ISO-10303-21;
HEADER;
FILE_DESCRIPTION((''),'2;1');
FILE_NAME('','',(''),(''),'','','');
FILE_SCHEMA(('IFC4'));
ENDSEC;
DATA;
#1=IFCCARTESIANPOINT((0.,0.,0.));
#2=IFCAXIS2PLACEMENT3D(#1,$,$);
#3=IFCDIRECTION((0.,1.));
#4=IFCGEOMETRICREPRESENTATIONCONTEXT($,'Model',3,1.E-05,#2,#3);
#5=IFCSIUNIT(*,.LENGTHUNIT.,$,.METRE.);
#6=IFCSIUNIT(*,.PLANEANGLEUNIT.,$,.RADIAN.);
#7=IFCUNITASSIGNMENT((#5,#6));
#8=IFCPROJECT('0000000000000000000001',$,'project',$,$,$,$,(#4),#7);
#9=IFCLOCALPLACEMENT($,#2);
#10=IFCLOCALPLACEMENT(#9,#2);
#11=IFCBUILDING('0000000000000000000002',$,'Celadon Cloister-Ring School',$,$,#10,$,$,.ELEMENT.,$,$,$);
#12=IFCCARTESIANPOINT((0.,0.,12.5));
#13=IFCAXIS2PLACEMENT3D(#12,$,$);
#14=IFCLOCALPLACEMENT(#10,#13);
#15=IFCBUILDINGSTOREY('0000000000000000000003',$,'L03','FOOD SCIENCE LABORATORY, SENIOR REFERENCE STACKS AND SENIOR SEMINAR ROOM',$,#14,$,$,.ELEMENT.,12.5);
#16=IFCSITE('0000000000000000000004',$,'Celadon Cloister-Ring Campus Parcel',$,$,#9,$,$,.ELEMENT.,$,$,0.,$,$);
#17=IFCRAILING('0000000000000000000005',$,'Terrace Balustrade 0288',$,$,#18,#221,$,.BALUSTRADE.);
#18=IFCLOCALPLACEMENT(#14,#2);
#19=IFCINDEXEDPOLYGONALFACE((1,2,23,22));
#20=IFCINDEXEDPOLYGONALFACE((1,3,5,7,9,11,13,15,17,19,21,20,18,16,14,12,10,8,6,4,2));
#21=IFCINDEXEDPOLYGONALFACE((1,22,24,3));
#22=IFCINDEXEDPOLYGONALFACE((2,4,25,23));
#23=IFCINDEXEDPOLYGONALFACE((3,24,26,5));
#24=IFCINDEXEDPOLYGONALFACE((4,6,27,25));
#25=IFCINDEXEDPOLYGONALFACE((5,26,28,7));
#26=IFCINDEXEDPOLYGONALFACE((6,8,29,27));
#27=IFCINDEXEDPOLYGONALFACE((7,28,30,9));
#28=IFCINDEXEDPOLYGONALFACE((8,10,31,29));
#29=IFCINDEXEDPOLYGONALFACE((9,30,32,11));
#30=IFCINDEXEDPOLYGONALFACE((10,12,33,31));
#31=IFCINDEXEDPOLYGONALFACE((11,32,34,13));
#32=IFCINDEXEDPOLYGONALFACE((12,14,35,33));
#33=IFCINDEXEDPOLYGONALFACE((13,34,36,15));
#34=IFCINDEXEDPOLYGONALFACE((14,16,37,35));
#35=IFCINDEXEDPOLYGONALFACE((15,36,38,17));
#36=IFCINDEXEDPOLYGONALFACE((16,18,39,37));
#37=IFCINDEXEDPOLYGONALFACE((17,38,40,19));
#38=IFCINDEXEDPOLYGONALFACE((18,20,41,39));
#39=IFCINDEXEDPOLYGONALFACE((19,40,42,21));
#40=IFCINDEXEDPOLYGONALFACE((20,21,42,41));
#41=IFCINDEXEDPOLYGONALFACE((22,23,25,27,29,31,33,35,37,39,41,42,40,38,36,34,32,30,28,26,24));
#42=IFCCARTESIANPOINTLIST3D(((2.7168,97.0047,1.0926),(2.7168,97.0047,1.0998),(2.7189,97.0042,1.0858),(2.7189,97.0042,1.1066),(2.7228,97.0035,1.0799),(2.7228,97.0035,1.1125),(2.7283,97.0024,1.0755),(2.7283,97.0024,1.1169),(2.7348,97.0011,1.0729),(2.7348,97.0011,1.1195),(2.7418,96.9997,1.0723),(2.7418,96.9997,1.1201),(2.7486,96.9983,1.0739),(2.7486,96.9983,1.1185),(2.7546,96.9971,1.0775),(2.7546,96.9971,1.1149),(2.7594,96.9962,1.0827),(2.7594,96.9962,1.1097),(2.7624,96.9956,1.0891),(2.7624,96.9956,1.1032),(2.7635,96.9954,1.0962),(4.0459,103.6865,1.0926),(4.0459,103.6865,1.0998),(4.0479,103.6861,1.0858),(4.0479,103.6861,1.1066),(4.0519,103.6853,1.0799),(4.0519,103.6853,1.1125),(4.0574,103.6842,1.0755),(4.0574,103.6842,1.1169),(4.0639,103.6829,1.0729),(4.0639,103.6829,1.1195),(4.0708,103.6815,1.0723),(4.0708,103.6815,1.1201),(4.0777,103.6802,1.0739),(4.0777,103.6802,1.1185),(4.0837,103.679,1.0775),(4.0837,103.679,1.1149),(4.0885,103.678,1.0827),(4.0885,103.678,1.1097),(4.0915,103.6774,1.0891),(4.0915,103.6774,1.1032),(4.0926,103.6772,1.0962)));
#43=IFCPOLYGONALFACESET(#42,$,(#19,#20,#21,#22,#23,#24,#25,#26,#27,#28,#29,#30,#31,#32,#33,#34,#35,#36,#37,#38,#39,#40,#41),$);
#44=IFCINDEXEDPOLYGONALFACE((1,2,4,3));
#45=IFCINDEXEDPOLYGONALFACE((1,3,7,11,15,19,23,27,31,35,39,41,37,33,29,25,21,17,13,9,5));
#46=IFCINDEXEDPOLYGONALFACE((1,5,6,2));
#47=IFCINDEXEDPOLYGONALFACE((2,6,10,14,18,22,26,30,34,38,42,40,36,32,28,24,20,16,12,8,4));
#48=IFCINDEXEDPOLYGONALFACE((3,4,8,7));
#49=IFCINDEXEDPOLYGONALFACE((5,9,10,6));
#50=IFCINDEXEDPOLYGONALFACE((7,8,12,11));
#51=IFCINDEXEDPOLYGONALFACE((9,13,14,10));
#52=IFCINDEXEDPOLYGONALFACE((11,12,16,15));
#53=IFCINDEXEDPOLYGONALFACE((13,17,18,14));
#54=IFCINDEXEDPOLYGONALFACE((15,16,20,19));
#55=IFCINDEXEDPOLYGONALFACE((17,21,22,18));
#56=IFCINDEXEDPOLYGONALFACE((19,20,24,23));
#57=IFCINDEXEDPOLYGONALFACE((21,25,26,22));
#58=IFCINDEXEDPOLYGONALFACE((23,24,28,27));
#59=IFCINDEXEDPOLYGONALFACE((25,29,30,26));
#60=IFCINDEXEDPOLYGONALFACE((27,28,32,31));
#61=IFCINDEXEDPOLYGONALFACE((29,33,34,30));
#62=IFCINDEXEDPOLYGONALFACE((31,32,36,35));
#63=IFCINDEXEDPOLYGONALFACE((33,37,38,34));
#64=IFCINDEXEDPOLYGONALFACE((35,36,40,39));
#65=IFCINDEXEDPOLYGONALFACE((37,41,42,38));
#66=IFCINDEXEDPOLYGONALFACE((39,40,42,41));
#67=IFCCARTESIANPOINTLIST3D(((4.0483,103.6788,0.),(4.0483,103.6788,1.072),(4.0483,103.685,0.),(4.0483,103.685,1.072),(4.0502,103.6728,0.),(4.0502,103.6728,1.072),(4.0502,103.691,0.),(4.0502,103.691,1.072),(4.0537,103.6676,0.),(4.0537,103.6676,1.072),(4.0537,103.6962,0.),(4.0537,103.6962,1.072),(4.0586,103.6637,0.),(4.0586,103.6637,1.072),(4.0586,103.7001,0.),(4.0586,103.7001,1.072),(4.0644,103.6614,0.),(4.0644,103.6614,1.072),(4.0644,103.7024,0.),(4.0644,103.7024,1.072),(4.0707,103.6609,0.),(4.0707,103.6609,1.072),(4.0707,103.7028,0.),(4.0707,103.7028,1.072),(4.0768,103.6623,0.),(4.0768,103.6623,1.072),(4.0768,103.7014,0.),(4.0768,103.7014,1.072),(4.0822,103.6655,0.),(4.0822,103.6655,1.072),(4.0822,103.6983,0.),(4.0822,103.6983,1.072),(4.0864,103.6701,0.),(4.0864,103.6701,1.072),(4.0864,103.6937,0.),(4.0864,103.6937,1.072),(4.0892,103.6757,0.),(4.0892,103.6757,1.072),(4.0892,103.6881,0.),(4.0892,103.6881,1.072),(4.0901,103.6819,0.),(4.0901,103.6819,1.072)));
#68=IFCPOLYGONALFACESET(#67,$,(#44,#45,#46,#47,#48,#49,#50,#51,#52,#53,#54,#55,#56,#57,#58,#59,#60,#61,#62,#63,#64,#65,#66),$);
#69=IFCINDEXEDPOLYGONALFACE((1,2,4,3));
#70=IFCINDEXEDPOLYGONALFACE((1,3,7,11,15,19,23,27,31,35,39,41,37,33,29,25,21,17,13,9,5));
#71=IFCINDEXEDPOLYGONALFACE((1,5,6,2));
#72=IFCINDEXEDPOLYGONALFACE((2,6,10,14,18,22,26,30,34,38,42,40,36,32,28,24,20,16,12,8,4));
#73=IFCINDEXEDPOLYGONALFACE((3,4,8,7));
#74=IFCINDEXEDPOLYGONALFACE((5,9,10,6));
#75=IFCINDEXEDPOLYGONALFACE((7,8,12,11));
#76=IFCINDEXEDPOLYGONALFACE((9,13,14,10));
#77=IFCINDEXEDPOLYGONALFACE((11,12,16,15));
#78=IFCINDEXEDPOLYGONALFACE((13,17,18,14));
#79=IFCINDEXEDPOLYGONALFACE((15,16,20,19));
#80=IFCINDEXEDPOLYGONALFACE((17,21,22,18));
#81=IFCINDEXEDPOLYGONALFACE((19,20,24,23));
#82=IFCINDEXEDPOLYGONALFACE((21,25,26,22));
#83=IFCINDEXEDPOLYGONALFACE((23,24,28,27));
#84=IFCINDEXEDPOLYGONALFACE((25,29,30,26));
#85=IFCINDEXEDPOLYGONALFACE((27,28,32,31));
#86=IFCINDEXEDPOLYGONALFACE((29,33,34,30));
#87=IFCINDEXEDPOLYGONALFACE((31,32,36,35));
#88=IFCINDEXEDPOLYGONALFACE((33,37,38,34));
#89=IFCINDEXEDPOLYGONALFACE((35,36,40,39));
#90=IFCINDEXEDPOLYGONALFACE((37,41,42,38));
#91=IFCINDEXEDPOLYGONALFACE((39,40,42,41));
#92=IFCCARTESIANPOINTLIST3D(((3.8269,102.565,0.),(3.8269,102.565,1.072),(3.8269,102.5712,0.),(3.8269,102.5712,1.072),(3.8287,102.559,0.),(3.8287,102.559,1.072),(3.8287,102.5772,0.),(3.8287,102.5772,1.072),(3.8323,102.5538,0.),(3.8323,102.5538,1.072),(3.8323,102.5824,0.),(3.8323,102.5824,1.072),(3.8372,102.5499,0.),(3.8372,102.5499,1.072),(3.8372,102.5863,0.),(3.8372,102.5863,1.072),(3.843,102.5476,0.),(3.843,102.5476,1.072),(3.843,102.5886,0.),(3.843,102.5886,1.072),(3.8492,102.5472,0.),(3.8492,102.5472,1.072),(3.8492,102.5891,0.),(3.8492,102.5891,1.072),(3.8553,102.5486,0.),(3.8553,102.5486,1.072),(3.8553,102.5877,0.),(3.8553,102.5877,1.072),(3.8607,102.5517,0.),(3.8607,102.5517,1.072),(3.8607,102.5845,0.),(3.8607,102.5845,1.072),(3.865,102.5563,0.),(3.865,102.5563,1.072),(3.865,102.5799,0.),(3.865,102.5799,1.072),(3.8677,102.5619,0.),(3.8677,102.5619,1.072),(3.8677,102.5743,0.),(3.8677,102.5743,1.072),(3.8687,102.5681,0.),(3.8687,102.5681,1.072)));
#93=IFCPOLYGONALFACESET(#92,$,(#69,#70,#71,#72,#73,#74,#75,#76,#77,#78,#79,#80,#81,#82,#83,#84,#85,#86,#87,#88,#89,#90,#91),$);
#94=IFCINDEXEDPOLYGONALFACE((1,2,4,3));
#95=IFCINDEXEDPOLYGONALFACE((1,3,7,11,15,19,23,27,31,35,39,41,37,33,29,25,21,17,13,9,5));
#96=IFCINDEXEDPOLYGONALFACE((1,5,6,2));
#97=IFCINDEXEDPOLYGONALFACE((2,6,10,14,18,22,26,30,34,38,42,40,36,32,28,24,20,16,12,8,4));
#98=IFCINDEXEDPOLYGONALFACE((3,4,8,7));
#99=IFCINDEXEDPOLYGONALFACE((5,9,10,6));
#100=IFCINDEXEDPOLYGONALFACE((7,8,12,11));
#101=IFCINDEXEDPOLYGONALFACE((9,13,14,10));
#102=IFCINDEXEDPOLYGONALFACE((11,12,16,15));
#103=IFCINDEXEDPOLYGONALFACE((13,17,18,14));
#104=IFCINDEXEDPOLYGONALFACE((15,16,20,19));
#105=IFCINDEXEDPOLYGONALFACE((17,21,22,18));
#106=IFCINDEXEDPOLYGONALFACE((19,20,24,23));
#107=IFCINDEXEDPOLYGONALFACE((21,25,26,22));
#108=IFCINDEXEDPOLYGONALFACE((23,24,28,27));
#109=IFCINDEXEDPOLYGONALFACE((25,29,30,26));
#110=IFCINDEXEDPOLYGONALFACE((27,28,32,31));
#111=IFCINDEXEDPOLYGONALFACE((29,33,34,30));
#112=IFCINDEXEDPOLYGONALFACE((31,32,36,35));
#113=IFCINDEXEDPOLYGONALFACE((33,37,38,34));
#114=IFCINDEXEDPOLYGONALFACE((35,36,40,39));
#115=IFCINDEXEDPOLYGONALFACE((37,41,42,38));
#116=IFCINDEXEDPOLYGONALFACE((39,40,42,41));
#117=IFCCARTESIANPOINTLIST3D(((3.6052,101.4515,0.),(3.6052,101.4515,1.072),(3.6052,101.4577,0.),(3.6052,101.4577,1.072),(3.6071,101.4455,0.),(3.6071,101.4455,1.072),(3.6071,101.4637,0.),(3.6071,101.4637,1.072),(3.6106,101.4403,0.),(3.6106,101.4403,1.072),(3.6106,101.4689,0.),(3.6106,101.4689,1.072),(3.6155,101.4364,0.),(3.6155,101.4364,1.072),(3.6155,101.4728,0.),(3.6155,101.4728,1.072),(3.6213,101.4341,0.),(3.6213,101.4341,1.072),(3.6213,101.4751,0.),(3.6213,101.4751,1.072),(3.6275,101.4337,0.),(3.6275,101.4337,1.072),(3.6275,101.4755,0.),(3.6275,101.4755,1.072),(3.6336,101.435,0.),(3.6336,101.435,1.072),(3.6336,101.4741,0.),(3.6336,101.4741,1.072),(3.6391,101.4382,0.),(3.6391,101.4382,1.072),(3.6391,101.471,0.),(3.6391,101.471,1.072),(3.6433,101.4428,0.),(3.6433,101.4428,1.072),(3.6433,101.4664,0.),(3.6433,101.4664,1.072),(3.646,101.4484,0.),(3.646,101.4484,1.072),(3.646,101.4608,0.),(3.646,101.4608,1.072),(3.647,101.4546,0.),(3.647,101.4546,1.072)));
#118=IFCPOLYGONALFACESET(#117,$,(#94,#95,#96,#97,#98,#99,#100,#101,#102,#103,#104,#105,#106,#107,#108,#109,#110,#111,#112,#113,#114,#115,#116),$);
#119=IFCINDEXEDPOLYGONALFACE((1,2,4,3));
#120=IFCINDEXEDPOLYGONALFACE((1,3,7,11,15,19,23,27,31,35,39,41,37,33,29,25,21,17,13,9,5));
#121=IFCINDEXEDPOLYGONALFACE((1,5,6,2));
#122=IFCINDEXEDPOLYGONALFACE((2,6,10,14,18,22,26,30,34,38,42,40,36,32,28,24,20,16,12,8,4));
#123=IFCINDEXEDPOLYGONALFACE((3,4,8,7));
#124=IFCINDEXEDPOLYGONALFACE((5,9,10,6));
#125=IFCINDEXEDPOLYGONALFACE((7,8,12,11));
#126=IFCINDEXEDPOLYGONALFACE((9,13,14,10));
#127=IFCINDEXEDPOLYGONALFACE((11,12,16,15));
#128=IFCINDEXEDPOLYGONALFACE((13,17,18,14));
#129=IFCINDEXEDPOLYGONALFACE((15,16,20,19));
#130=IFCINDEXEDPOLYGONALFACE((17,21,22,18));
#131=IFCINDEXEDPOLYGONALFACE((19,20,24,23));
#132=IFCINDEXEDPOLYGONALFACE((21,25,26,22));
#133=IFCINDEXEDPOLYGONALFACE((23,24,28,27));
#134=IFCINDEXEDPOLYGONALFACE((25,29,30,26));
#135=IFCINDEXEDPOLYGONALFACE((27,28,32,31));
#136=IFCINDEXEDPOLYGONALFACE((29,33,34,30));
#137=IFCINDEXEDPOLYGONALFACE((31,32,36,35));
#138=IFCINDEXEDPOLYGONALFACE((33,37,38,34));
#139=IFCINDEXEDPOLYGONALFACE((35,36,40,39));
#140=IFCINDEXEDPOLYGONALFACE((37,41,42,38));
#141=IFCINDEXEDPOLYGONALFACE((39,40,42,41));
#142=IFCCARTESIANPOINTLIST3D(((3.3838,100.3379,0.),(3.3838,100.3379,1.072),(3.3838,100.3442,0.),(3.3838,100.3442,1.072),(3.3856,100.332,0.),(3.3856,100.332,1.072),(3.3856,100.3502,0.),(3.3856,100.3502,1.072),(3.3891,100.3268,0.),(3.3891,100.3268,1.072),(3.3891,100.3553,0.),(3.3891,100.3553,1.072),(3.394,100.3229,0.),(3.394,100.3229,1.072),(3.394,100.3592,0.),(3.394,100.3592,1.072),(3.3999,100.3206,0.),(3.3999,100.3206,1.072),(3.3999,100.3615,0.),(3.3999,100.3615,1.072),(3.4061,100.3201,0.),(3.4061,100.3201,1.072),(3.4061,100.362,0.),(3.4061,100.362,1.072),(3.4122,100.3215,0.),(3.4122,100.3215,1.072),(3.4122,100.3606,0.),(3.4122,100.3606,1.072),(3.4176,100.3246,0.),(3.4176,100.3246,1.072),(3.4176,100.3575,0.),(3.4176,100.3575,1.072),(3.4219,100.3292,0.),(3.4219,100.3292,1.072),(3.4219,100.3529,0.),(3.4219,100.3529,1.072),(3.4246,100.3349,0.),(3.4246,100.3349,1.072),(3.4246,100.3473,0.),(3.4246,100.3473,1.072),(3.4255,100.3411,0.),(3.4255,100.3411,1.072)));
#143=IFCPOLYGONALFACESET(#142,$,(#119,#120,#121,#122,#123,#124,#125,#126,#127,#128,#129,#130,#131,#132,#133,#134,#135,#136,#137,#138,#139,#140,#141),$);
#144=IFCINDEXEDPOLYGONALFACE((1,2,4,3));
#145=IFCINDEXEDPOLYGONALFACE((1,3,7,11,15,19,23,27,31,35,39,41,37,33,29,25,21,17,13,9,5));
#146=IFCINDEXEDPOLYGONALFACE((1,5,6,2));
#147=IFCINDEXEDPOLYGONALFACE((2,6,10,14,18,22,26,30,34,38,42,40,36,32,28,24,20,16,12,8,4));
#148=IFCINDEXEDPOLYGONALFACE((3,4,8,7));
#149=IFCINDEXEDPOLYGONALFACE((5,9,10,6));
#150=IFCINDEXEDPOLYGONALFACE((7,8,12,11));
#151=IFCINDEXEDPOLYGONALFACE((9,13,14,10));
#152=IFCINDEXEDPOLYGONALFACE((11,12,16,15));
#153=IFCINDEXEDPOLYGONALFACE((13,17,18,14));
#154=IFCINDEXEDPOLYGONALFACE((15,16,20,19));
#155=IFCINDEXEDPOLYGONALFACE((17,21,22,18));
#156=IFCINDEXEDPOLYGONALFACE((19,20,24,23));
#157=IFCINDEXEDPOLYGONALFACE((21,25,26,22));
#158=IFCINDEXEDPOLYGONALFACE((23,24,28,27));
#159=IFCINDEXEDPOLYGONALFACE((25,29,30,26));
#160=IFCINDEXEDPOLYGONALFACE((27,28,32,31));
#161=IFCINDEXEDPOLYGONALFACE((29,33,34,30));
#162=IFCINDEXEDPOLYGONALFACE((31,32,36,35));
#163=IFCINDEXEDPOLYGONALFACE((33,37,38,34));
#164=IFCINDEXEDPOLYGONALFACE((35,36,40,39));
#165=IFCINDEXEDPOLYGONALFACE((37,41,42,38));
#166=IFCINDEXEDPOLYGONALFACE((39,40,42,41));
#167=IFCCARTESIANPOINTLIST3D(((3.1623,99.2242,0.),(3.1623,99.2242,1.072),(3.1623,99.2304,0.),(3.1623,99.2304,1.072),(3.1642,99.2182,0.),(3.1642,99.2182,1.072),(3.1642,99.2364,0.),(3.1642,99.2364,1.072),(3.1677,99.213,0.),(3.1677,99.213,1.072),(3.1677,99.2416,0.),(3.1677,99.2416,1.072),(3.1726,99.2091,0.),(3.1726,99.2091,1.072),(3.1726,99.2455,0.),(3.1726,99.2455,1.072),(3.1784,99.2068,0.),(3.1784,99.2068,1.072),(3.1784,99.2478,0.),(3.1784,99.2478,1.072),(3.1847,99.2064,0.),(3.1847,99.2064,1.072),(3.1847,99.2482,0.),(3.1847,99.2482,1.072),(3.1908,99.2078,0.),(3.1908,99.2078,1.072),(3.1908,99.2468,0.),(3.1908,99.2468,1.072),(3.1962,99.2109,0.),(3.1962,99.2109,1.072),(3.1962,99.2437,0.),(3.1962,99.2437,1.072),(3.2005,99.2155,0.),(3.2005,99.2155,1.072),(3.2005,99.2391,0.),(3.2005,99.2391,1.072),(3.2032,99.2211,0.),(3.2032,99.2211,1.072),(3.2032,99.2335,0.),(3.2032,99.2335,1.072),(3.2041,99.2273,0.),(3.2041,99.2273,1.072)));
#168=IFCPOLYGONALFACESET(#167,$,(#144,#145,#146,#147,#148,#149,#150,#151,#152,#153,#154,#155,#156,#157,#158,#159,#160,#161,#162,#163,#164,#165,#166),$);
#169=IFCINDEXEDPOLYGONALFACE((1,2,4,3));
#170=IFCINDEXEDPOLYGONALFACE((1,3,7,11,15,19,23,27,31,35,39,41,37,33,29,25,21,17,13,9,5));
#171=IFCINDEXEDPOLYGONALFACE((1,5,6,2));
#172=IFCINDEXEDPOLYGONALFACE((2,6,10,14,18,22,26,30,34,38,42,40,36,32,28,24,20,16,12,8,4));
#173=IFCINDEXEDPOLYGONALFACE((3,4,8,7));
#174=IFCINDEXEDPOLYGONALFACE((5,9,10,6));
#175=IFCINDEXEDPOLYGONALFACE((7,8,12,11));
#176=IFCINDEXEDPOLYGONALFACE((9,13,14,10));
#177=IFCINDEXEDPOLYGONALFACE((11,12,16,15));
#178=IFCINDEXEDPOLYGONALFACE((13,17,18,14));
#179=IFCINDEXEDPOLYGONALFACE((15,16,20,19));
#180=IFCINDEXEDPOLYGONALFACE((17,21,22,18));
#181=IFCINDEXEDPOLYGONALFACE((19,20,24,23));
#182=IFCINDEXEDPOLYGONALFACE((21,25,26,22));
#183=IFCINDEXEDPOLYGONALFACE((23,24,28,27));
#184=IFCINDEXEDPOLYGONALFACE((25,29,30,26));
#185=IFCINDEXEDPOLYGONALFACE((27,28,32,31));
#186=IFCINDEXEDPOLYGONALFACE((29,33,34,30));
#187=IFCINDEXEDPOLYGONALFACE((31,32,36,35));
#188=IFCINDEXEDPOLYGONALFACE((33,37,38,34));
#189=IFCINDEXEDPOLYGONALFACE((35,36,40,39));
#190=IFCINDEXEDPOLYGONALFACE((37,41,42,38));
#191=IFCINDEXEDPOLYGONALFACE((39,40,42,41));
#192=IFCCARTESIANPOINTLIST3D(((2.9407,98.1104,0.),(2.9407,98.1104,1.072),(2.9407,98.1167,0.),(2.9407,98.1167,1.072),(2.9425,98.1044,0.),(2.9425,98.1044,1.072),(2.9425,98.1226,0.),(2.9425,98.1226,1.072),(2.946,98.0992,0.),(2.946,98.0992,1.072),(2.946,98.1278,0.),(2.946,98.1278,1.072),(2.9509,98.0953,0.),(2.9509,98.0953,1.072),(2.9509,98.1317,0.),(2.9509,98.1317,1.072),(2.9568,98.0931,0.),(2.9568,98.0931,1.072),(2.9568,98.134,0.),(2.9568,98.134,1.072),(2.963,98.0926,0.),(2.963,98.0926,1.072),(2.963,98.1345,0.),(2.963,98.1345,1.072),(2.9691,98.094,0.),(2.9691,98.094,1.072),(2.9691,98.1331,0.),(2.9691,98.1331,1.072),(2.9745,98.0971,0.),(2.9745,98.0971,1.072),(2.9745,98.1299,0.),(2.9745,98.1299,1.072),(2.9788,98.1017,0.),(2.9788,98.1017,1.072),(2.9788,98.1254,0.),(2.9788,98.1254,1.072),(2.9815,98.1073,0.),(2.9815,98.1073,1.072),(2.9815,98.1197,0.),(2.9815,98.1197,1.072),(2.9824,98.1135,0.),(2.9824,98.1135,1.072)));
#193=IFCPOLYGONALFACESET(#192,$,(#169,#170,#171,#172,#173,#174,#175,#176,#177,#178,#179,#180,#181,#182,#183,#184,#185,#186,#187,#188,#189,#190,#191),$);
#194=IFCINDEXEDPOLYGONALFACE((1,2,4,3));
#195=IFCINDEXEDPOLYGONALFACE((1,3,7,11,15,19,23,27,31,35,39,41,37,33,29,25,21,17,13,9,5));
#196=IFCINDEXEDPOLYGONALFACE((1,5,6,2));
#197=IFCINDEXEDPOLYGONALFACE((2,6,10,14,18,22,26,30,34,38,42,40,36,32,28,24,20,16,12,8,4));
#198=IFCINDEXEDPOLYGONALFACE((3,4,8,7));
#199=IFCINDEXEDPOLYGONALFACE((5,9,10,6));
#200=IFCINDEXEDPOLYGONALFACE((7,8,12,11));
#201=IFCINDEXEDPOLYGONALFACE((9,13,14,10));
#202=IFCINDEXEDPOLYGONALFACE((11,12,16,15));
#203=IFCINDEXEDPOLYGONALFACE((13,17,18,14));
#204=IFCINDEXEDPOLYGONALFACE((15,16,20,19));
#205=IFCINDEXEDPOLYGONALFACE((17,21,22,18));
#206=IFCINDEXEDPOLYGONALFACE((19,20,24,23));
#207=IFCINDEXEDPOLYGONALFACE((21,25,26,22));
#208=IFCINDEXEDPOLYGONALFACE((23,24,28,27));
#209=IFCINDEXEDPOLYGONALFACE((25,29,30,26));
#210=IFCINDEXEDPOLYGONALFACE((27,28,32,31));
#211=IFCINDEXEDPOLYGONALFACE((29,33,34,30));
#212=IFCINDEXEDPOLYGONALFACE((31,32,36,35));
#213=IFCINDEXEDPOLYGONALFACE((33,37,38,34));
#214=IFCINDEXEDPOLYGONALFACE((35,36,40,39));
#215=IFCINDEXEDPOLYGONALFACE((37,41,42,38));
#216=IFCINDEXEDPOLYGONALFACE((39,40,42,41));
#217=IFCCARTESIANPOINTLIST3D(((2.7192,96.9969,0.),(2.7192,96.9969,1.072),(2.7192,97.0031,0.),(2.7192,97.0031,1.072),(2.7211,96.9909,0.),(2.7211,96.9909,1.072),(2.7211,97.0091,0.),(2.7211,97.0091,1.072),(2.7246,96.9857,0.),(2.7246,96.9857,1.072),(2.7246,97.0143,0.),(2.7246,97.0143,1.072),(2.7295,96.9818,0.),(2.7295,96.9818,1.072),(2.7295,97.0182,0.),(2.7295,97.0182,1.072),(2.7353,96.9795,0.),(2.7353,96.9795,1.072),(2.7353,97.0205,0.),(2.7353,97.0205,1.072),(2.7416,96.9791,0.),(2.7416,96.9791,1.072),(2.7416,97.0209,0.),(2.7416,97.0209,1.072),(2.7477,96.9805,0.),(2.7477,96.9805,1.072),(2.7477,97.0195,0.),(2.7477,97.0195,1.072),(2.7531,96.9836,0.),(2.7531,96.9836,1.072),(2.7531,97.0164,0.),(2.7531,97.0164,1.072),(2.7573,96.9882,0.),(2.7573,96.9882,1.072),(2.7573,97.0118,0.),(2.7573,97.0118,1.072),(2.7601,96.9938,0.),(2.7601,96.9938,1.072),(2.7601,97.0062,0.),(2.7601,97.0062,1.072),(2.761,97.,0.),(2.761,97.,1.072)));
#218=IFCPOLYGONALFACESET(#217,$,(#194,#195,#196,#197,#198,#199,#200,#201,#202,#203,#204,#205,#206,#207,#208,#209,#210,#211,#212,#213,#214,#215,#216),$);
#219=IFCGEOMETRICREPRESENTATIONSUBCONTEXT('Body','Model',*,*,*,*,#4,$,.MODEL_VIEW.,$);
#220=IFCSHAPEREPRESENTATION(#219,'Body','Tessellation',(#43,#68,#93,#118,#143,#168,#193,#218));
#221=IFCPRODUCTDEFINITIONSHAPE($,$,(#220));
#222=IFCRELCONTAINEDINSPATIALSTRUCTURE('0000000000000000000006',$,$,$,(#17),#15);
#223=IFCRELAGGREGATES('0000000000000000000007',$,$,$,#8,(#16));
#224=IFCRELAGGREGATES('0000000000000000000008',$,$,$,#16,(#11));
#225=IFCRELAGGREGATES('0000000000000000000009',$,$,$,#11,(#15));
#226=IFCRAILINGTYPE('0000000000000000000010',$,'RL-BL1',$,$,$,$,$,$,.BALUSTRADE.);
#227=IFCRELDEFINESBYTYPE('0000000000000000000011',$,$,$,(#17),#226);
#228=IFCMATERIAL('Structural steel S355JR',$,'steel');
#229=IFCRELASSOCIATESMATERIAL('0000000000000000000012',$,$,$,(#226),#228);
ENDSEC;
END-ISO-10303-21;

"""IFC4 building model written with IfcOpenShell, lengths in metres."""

from ifc_helpers import new_model, si_unit, direction, frame, origin, origin_2d, place, context, subcontext, project, spatial, circle, extrude, material, type_object, element, save


model = new_model("IFC4")

# Units and contexts
model_context = context("Model", 3, precision=1e-05, world=origin(), true_north=direction((0.0, 1.0)))
body_context = subcontext(model_context, "Body", "Model", "MODEL_VIEW")
ifc_project = project(units=[si_unit("LENGTHUNIT", "METRE"), si_unit("PLANEANGLEUNIT", "RADIAN")], contexts=[model_context])

# Site, building, storey
site_placement = place(None, origin())
site = spatial("IfcSite", under=ifc_project, at=site_placement, Name="Celadon Cloister-Ring Campus Parcel", CompositionType="ELEMENT", RefElevation=0.0)
building_placement = place(site_placement, origin())
building = spatial("IfcBuilding", under=site, at=building_placement, Name="Celadon Cloister-Ring School", CompositionType="ELEMENT")
storey_placement = place(building_placement, frame((0.0, 0.0, 12.5)))
storey = spatial("IfcBuildingStorey", under=building, at=storey_placement, Name="L03", Description="FOOD SCIENCE LABORATORY, SENIOR REFERENCE STACKS AND SENIOR SEMINAR ROOM", CompositionType="ELEMENT", Elevation=12.5)

# Railing
ifc_material_1 = material(Name="Structural steel S355JR", Category="steel")
railing_type = type_object("IfcRailingType", Name="RL-BL1", PredefinedType="BALUSTRADE", material=ifc_material_1)
railing_placement = place(storey_placement, frame((4.0691, 103.6819, 0.0)))
element("IfcRailing", 1, at=railing_placement, inside=storey, type_object=railing_type, Name="Terrace Balustrade 0288", PredefinedType="BALUSTRADE", context=body_context, shape_type="SweptSolid", body=[
    extrude(circle(Radius=0.0239, at=origin_2d()), frame((0.0, 0.0, 1.0962), z_axis=(-0.195089, -0.980786, 0.0), x_axis=(0.980786, -0.195089, 0.0)), (0.0, 0.0, 1.0), 6.8127),
    extrude(circle(Radius=0.021, at=origin_2d()), origin(), (0.0, 0.0, 1.0), 1.072),
    extrude(circle(Radius=0.021, at=origin_2d()), frame((-0.2214, -1.1138, 0.0)), (0.0, 0.0, 1.0), 1.072),
    extrude(circle(Radius=0.021, at=origin_2d()), frame((-0.4431, -2.2273, 0.0)), (0.0, 0.0, 1.0), 1.072),
    extrude(circle(Radius=0.021, at=origin_2d()), frame((-0.6646, -3.3408, 0.0)), (0.0, 0.0, 1.0), 1.072),
    extrude(circle(Radius=0.021, at=origin_2d()), frame((-0.886, -4.4546, 0.0)), (0.0, 0.0, 1.0), 1.072),
    extrude(circle(Radius=0.021, at=origin_2d()), frame((-1.1077, -5.5684, 0.0)), (0.0, 0.0, 1.0), 1.072),
    extrude(circle(Radius=0.021, at=origin_2d()), frame((-1.3291, -6.6819, 0.0)), (0.0, 0.0, 1.0), 1.072),
])

save(model, "model.ifc")
